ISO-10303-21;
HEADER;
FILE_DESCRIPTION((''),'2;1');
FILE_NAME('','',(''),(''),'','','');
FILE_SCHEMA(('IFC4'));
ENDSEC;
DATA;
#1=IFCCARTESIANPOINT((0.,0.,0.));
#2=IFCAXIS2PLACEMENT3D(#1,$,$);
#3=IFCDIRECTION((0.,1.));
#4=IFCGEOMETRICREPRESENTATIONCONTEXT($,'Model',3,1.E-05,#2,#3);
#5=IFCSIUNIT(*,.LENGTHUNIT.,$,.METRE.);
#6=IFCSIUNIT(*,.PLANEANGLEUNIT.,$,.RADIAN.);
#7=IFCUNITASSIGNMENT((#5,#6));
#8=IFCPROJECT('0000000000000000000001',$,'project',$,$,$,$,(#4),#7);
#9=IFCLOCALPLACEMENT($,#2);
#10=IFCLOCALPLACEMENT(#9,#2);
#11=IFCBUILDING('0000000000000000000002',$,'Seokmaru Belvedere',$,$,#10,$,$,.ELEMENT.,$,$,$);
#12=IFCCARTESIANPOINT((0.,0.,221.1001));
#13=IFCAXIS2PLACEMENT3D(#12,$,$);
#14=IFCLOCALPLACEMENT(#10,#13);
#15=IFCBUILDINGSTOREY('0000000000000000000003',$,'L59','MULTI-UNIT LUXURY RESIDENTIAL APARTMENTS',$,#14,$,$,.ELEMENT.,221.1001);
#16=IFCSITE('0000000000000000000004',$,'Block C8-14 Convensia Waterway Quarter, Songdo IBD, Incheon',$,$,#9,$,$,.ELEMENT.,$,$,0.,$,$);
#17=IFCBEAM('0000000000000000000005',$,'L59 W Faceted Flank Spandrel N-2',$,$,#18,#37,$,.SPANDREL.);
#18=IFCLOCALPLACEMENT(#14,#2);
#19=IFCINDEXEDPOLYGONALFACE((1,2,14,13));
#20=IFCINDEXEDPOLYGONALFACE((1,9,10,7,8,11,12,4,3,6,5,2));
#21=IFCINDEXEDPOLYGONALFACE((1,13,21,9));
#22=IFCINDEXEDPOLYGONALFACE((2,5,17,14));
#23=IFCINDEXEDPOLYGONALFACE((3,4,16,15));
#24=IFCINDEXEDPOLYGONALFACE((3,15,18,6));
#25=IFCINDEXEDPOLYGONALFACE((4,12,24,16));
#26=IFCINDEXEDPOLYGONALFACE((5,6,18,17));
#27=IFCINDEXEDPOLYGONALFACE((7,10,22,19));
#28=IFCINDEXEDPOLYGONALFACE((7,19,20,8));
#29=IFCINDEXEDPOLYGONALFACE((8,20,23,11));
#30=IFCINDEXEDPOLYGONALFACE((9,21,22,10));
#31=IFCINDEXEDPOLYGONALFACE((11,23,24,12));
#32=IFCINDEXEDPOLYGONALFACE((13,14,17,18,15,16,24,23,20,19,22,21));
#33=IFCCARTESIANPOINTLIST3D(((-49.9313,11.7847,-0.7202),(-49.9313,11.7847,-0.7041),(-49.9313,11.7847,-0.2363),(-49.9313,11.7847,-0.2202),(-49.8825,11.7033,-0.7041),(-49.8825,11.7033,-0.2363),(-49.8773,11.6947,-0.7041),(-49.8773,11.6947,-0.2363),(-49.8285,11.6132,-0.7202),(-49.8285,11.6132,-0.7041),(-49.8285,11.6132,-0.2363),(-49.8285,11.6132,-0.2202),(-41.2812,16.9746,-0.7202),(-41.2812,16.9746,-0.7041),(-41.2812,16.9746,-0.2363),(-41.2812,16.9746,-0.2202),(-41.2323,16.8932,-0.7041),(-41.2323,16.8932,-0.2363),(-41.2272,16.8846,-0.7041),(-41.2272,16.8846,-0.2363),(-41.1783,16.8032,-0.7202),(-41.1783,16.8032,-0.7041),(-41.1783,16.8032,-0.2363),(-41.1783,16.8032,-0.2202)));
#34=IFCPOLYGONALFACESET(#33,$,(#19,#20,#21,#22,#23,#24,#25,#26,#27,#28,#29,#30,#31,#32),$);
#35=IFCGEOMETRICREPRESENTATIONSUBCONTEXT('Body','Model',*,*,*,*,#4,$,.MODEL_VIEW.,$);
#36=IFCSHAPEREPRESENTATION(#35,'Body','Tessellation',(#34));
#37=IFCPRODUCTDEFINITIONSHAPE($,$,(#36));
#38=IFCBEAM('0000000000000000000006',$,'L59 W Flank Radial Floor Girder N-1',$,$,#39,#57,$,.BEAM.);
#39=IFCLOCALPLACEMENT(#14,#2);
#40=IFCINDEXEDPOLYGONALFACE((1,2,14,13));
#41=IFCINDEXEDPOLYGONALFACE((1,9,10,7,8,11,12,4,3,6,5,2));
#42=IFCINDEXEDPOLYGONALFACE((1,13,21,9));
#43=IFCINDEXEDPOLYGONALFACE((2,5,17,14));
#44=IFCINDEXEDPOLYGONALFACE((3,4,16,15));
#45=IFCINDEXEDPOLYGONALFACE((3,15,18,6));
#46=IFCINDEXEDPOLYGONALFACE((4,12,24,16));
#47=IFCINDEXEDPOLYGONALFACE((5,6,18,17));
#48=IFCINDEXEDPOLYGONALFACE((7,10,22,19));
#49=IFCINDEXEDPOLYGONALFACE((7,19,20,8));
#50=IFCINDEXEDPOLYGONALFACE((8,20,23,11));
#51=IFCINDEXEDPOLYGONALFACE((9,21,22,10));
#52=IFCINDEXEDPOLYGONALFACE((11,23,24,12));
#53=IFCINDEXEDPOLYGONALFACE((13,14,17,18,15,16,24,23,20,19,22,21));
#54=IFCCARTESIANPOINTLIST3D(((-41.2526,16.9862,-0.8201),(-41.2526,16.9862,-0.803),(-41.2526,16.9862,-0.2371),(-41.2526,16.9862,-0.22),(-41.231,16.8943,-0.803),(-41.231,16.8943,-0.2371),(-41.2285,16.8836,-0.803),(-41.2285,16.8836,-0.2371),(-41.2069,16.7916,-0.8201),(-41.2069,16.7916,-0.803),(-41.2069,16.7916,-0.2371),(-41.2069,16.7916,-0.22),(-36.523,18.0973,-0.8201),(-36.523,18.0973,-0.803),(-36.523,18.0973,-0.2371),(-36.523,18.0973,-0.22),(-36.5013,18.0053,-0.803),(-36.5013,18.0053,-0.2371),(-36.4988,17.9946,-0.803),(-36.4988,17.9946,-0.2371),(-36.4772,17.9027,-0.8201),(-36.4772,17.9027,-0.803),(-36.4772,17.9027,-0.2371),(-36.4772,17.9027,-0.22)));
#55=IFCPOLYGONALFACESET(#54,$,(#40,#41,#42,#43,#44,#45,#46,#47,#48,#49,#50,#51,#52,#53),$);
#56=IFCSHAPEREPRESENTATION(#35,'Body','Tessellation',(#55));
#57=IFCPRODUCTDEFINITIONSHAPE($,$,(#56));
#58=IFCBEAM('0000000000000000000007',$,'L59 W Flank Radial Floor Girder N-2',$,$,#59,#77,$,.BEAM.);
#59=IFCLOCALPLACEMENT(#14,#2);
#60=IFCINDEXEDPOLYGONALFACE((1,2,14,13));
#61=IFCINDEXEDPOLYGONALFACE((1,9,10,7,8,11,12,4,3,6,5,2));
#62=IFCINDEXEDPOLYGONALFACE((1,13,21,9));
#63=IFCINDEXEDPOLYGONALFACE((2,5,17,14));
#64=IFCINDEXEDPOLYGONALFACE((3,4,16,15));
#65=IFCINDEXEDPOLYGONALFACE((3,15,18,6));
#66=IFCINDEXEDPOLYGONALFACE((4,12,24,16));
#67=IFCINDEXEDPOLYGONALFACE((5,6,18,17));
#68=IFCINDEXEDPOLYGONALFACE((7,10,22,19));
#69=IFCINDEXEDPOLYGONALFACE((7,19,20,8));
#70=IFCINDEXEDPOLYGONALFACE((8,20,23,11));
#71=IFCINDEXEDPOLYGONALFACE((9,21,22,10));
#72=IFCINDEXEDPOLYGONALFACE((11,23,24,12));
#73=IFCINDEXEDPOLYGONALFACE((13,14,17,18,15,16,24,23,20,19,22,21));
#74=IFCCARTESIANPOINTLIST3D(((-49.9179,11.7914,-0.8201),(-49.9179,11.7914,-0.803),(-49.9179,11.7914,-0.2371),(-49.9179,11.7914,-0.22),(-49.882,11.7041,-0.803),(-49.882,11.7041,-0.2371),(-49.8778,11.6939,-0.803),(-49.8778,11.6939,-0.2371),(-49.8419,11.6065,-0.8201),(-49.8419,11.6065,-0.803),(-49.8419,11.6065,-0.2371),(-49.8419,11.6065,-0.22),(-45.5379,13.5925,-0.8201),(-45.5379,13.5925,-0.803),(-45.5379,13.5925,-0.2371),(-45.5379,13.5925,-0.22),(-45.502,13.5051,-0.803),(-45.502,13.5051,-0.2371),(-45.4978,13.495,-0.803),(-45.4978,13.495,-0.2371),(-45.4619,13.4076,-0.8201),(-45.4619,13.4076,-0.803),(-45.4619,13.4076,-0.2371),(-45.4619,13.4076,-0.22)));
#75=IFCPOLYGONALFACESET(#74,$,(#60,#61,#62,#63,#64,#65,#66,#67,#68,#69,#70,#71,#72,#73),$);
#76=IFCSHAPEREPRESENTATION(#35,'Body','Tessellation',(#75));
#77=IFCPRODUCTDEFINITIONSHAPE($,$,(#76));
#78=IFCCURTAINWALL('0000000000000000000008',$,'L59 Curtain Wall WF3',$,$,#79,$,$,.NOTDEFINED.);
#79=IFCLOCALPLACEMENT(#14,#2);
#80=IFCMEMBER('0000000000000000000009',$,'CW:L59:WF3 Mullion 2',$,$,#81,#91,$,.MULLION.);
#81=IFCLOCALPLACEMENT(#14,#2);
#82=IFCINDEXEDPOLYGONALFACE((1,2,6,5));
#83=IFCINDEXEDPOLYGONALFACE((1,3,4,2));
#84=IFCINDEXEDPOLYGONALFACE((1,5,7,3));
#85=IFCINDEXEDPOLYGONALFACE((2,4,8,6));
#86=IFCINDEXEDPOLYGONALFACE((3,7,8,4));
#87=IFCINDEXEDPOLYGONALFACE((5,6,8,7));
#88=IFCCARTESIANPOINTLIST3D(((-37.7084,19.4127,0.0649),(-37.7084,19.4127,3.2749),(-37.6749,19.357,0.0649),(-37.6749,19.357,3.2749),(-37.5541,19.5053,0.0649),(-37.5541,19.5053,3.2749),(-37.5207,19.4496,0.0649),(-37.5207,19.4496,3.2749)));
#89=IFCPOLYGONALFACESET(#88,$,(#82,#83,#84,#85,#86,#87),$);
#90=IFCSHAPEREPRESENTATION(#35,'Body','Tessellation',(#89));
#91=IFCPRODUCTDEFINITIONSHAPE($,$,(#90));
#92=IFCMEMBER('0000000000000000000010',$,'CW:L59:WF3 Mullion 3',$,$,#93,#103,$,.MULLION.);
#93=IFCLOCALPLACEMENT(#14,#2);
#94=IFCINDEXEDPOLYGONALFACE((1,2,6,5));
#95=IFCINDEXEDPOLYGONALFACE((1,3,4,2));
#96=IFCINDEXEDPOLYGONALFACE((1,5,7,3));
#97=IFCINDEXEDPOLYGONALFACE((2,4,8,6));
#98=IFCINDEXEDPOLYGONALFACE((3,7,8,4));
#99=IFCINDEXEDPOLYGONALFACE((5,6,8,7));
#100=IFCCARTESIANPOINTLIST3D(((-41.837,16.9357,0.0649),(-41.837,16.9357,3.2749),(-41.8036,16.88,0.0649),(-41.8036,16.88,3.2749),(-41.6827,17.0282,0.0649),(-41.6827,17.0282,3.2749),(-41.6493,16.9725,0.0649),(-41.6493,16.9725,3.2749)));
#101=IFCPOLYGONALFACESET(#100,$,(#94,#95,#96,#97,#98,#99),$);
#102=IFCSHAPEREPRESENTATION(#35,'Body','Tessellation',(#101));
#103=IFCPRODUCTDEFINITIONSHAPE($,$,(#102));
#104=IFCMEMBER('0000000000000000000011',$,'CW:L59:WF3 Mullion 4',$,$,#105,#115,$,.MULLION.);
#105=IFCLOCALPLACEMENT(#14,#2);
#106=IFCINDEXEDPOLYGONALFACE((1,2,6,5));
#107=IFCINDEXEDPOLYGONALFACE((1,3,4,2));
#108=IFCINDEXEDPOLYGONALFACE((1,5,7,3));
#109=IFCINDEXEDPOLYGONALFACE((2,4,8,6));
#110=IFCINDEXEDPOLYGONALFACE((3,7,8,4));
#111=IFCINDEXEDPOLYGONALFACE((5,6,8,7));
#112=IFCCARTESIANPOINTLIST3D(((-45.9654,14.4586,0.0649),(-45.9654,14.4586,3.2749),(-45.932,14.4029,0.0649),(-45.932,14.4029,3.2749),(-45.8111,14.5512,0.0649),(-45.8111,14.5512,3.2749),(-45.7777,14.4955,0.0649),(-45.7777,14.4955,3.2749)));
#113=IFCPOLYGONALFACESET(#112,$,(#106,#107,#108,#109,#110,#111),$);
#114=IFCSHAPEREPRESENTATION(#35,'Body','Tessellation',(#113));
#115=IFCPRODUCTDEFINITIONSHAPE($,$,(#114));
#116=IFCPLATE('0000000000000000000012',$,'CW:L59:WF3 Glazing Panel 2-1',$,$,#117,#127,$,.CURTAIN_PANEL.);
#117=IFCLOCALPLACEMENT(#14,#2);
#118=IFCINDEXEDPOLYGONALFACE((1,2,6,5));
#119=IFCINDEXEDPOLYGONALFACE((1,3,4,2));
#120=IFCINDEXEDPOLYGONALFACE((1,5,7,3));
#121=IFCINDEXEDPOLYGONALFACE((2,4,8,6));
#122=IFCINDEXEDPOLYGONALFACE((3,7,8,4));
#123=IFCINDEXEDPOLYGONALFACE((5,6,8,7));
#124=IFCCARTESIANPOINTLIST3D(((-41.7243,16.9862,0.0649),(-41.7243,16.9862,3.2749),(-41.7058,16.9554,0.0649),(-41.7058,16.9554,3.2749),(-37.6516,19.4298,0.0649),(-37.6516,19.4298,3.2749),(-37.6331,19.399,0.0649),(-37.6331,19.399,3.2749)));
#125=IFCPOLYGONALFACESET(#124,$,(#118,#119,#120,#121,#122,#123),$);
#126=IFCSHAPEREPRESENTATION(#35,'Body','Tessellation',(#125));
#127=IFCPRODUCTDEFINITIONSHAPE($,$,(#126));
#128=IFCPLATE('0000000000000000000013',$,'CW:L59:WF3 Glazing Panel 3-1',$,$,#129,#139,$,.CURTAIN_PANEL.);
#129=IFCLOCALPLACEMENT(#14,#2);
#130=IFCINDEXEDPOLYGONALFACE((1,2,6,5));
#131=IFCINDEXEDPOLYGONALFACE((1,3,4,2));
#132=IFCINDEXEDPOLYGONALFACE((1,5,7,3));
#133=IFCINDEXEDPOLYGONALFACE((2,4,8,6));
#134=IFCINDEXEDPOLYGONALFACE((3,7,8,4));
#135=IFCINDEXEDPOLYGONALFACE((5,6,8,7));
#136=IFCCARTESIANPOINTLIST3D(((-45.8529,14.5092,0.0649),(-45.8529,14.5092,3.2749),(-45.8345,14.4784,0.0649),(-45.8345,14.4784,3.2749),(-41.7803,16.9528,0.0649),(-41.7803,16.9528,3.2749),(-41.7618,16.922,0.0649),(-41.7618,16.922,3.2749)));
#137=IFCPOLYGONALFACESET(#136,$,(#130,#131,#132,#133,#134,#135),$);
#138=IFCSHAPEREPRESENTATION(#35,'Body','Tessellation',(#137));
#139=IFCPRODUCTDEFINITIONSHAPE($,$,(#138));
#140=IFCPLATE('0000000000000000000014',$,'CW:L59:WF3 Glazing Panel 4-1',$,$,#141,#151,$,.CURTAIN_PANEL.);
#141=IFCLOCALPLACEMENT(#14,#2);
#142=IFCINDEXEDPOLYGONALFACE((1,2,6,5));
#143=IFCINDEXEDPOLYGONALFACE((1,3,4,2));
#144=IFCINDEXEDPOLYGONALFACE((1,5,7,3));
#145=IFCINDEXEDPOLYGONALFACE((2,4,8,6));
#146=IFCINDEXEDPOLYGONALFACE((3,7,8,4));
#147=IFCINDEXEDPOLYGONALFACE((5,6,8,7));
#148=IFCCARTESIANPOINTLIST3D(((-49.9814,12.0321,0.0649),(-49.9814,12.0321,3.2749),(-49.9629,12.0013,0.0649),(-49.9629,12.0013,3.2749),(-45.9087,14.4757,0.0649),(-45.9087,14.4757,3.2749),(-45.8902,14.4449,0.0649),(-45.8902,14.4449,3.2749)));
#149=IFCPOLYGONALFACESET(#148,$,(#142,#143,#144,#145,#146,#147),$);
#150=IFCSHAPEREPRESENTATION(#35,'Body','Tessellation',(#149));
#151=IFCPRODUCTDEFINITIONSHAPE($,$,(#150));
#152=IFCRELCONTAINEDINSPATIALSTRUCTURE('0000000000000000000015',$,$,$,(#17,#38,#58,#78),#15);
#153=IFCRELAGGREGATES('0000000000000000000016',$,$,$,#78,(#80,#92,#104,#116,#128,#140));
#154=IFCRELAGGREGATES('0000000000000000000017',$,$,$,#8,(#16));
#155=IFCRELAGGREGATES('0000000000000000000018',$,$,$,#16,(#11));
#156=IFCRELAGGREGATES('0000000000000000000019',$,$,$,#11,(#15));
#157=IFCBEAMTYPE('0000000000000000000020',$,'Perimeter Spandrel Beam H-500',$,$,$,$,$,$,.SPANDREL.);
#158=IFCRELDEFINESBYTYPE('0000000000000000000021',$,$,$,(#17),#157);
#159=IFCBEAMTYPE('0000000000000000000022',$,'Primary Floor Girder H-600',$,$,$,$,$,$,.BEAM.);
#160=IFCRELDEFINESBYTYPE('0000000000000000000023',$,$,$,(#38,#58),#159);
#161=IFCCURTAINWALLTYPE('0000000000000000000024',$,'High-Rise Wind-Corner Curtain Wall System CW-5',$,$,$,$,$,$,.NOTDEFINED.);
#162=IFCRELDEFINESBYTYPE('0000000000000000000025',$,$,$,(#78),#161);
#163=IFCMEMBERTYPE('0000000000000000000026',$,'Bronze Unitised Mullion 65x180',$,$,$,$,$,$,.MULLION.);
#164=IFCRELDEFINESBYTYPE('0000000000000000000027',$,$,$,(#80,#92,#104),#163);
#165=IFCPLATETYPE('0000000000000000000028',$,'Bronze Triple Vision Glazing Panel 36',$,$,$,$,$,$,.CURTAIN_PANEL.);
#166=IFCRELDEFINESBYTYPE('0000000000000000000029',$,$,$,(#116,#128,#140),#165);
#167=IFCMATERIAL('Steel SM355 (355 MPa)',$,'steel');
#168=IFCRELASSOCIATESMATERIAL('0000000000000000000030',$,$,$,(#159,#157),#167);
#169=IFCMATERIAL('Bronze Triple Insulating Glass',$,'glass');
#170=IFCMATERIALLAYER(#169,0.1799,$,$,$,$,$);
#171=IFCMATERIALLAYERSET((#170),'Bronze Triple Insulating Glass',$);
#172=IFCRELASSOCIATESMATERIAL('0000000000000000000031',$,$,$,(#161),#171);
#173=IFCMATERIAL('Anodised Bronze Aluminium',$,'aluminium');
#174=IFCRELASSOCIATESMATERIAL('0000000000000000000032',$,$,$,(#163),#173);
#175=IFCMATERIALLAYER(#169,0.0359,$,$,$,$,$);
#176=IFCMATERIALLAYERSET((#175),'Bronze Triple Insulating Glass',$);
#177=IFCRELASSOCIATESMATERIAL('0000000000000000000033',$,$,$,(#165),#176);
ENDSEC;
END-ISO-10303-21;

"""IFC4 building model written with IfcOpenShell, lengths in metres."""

from ifc_helpers import new_model, si_unit, direction, frame, origin, origin_2d, place, context, subcontext, project, spatial, rectangle, i_section, extrude, source, transform, mapped, material, layer, layer_set, material_profile, profile_set, type_object, type_shapes, element, aggregate, save


model = new_model("IFC4")

# Units and contexts
model_context = context("Model", 3, precision=1e-05, world=origin(), true_north=direction((0.0, 1.0)))
body_context = subcontext(model_context, "Body", "Model", "MODEL_VIEW")
ifc_project = project(units=[si_unit("LENGTHUNIT", "METRE"), si_unit("PLANEANGLEUNIT", "RADIAN")], contexts=[model_context])

# Site, building, storey
site_placement = place(None, origin())
site = spatial("IfcSite", under=ifc_project, at=site_placement, Name="Block C8-14 Convensia Waterway Quarter, Songdo IBD, Incheon", CompositionType="ELEMENT", RefElevation=0.0)
building_placement = place(site_placement, origin())
building = spatial("IfcBuilding", under=site, at=building_placement, Name="Seokmaru Belvedere", CompositionType="ELEMENT")
storey_placement = place(building_placement, frame((0.0, 0.0, 221.1001)))
storey = spatial("IfcBuildingStorey", under=building, at=storey_placement, Name="L59", Description="MULTI-UNIT LUXURY RESIDENTIAL APARTMENTS", CompositionType="ELEMENT", Elevation=221.1001)

# Shared definitions
ifc_material_1 = material(Name="Steel SM355 (355 MPa)", Category="steel")

# Beams
ifc_material_profile_1 = material_profile(ifc_material_1, i_section(OverallWidth=0.2, OverallDepth=0.6001, WebThickness=0.011, FlangeThickness=0.0171, at=origin_2d()), Name="H-600x200x11x17")
ifc_profile_set_1 = profile_set([ifc_material_profile_1], Name="Steel SM355 (355 MPa)")
beam_type_1 = type_object("IfcBeamType", Name="Primary Floor Girder H-600", PredefinedType="BEAM", material=ifc_profile_set_1)
ifc_material_profile_2 = material_profile(ifc_material_1, i_section(OverallWidth=0.2, OverallDepth=0.5, WebThickness=0.01, FlangeThickness=0.0161, at=origin_2d()), Name="H-500x200x10x16")
ifc_profile_set_2 = profile_set([ifc_material_profile_2], Name="Steel SM355 (355 MPa)")
beam_type_2 = type_object("IfcBeamType", Name="Perimeter Spandrel Beam H-500", PredefinedType="SPANDREL", material=ifc_profile_set_2)
shared_shape_1 = source(origin(), body_context, "Body", "SweptSolid", [
    extrude(i_section(OverallWidth=0.2, OverallDepth=0.5, WebThickness=0.01, FlangeThickness=0.0161, at=origin_2d()), origin(), (0.0, 0.0, 1.0), 10.0876),
])
type_shapes(beam_type_2, [shared_shape_1])
beam_1_placement = place(storey_placement, frame((-41.2297, 16.8889, -0.4702), z_axis=(-0.857499, -0.514485, 0.0), x_axis=(0.514485, -0.857499, 0.0)))
element("IfcBeam", 1, at=beam_1_placement, inside=storey, type_object=beam_type_2, Name="L59 W Faceted Flank Spandrel N-2", PredefinedType="SPANDREL", context=body_context, shape_type="MappedRepresentation", body=[
    mapped(shared_shape_1, transform((0.0, 0.0, 0.0), scale=1.0)),
])
shared_shape_2 = source(origin(), body_context, "Body", "SweptSolid", [
    extrude(i_section(OverallWidth=0.2, OverallDepth=0.6001, WebThickness=0.011, FlangeThickness=0.0171, at=origin_2d()), origin(), (0.0, 0.0, 1.0), 4.8584),
])
beam_2_placement = place(storey_placement, frame((-41.2297, 16.8889, -0.52), z_axis=(0.973499, 0.228689, 0.0), x_axis=(-0.228689, 0.973499, 0.0)))
element("IfcBeam", 2, at=beam_2_placement, inside=storey, type_object=beam_type_1, Name="L59 W Flank Radial Floor Girder N-1", PredefinedType="BEAM", context=body_context, shape_type="MappedRepresentation", body=[
    mapped(shared_shape_2, transform((0.0, 0.0, 0.0), scale=1.0)),
])
shared_shape_3 = source(origin(), body_context, "Body", "SweptSolid", [
    extrude(i_section(OverallWidth=0.2, OverallDepth=0.6001, WebThickness=0.011, FlangeThickness=0.0171, at=origin_2d()), origin(), (0.0, 0.0, 1.0), 4.7358),
])
beam_3_placement = place(storey_placement, frame((-49.8799, 11.699, -0.52), z_axis=(0.924861, 0.380306, 0.0), x_axis=(-0.380306, 0.924861, 0.0)))
element("IfcBeam", 3, at=beam_3_placement, inside=storey, type_object=beam_type_1, Name="L59 W Flank Radial Floor Girder N-2", PredefinedType="BEAM", context=body_context, shape_type="MappedRepresentation", body=[
    mapped(shared_shape_3, transform((0.0, 0.0, 0.0), scale=1.0)),
])

# Curtain wall, members, plates
ifc_material_2 = material(Name="Bronze Triple Insulating Glass", Category="glass")
ifc_layer_1 = layer(ifc_material_2, 0.1799)
ifc_layer_set_1 = layer_set([ifc_layer_1], Name="Bronze Triple Insulating Glass")
curtain_wall_type = type_object("IfcCurtainWallType", Name="High-Rise Wind-Corner Curtain Wall System CW-5", PredefinedType="NOTDEFINED", material=ifc_layer_set_1)
curtain_wall_placement = place(storey_placement, origin())
curtain_wall = element("IfcCurtainWall", 4, at=curtain_wall_placement, inside=storey, type_object=curtain_wall_type, Name="L59 Curtain Wall WF3", PredefinedType="NOTDEFINED")
ifc_material_3 = material(Name="Anodised Bronze Aluminium", Category="aluminium")
ifc_material_profile_3 = material_profile(ifc_material_3, rectangle(XDim=0.0649, YDim=0.1799, at=origin_2d()), Name="CW-M-65x180")
ifc_profile_set_3 = profile_set([ifc_material_profile_3], Name="Anodised Bronze Aluminium")
member_type = type_object("IfcMemberType", Name="Bronze Unitised Mullion 65x180", PredefinedType="MULLION", material=ifc_profile_set_3)
shared_shape_4 = source(origin(), body_context, "Body", "SweptSolid", [
    extrude(rectangle(XDim=0.0649, YDim=0.1799, at=origin_2d()), origin(), (0.0, 0.0, 1.0), 3.21),
])
type_shapes(member_type, [shared_shape_4])
member_1_placement = place(storey_placement, frame((-37.6145, 19.4312, 0.0649), z_axis=(0.0, 0.0, 1.0), x_axis=(0.514495, -0.857493, 0.0)))
member_1 = element("IfcMember", 5, at=member_1_placement, type_object=member_type, Name="CW:L59:WF3 Mullion 2", PredefinedType="MULLION", context=body_context, shape_type="MappedRepresentation", body=[
    mapped(shared_shape_4, transform((0.0, 0.0, 0.0), scale=1.0)),
])
member_2_placement = place(storey_placement, frame((-41.7432, 16.9541, 0.0649), z_axis=(0.0, 0.0, 1.0), x_axis=(0.514495, -0.857493, 0.0)))
member_2 = element("IfcMember", 6, at=member_2_placement, type_object=member_type, Name="CW:L59:WF3 Mullion 3", PredefinedType="MULLION", context=body_context, shape_type="MappedRepresentation", body=[
    mapped(shared_shape_4, transform((0.0, 0.0, 0.0), scale=1.0)),
])
member_3_placement = place(storey_placement, frame((-45.8716, 14.4771, 0.0649), z_axis=(0.0, 0.0, 1.0), x_axis=(0.514495, -0.857493, 0.0)))
member_3 = element("IfcMember", 7, at=member_3_placement, type_object=member_type, Name="CW:L59:WF3 Mullion 4", PredefinedType="MULLION", context=body_context, shape_type="MappedRepresentation", body=[
    mapped(shared_shape_4, transform((0.0, 0.0, 0.0), scale=1.0)),
])
ifc_layer_2 = layer(ifc_material_2, 0.0359)
ifc_layer_set_2 = layer_set([ifc_layer_2], Name="Bronze Triple Insulating Glass")
plate_type = type_object("IfcPlateType", Name="Bronze Triple Vision Glazing Panel 36", PredefinedType="CURTAIN_PANEL", material=ifc_layer_set_2)
shared_shape_5 = source(origin(), body_context, "Body", "SweptSolid", [
    extrude(rectangle(XDim=4.7495, YDim=0.0359, at=origin_2d()), origin(), (0.0, 0.0, 1.0), 3.21),
])
type_shapes(plate_type, [shared_shape_5])
plate_1_placement = place(storey_placement, frame((-39.6787, 18.1926, 0.0649), z_axis=(0.0, 0.0, 1.0), x_axis=(-0.857493, -0.514495, 0.0)))
plate_1 = element("IfcPlate", 8, at=plate_1_placement, type_object=plate_type, Name="CW:L59:WF3 Glazing Panel 2-1", PredefinedType="CURTAIN_PANEL", context=body_context, shape_type="MappedRepresentation", body=[
    mapped(shared_shape_5, transform((0.0, 0.0, 0.0), scale=1.0)),
])
plate_2_placement = place(storey_placement, frame((-43.8074, 15.7156, 0.0649), z_axis=(0.0, 0.0, 1.0), x_axis=(-0.857493, -0.514495, 0.0)))
plate_2 = element("IfcPlate", 9, at=plate_2_placement, type_object=plate_type, Name="CW:L59:WF3 Glazing Panel 3-1", PredefinedType="CURTAIN_PANEL", context=body_context, shape_type="MappedRepresentation", body=[
    mapped(shared_shape_5, transform((0.0, 0.0, 0.0), scale=1.0)),
])
plate_3_placement = place(storey_placement, frame((-47.9358, 13.2385, 0.0649), z_axis=(0.0, 0.0, 1.0), x_axis=(-0.857493, -0.514495, 0.0)))
plate_3 = element("IfcPlate", 10, at=plate_3_placement, type_object=plate_type, Name="CW:L59:WF3 Glazing Panel 4-1", PredefinedType="CURTAIN_PANEL", context=body_context, shape_type="MappedRepresentation", body=[
    mapped(shared_shape_5, transform((0.0, 0.0, 0.0), scale=1.0)),
])
aggregate(curtain_wall, [member_1, member_2, member_3, plate_1, plate_2, plate_3])

save(model, "model.ifc")
